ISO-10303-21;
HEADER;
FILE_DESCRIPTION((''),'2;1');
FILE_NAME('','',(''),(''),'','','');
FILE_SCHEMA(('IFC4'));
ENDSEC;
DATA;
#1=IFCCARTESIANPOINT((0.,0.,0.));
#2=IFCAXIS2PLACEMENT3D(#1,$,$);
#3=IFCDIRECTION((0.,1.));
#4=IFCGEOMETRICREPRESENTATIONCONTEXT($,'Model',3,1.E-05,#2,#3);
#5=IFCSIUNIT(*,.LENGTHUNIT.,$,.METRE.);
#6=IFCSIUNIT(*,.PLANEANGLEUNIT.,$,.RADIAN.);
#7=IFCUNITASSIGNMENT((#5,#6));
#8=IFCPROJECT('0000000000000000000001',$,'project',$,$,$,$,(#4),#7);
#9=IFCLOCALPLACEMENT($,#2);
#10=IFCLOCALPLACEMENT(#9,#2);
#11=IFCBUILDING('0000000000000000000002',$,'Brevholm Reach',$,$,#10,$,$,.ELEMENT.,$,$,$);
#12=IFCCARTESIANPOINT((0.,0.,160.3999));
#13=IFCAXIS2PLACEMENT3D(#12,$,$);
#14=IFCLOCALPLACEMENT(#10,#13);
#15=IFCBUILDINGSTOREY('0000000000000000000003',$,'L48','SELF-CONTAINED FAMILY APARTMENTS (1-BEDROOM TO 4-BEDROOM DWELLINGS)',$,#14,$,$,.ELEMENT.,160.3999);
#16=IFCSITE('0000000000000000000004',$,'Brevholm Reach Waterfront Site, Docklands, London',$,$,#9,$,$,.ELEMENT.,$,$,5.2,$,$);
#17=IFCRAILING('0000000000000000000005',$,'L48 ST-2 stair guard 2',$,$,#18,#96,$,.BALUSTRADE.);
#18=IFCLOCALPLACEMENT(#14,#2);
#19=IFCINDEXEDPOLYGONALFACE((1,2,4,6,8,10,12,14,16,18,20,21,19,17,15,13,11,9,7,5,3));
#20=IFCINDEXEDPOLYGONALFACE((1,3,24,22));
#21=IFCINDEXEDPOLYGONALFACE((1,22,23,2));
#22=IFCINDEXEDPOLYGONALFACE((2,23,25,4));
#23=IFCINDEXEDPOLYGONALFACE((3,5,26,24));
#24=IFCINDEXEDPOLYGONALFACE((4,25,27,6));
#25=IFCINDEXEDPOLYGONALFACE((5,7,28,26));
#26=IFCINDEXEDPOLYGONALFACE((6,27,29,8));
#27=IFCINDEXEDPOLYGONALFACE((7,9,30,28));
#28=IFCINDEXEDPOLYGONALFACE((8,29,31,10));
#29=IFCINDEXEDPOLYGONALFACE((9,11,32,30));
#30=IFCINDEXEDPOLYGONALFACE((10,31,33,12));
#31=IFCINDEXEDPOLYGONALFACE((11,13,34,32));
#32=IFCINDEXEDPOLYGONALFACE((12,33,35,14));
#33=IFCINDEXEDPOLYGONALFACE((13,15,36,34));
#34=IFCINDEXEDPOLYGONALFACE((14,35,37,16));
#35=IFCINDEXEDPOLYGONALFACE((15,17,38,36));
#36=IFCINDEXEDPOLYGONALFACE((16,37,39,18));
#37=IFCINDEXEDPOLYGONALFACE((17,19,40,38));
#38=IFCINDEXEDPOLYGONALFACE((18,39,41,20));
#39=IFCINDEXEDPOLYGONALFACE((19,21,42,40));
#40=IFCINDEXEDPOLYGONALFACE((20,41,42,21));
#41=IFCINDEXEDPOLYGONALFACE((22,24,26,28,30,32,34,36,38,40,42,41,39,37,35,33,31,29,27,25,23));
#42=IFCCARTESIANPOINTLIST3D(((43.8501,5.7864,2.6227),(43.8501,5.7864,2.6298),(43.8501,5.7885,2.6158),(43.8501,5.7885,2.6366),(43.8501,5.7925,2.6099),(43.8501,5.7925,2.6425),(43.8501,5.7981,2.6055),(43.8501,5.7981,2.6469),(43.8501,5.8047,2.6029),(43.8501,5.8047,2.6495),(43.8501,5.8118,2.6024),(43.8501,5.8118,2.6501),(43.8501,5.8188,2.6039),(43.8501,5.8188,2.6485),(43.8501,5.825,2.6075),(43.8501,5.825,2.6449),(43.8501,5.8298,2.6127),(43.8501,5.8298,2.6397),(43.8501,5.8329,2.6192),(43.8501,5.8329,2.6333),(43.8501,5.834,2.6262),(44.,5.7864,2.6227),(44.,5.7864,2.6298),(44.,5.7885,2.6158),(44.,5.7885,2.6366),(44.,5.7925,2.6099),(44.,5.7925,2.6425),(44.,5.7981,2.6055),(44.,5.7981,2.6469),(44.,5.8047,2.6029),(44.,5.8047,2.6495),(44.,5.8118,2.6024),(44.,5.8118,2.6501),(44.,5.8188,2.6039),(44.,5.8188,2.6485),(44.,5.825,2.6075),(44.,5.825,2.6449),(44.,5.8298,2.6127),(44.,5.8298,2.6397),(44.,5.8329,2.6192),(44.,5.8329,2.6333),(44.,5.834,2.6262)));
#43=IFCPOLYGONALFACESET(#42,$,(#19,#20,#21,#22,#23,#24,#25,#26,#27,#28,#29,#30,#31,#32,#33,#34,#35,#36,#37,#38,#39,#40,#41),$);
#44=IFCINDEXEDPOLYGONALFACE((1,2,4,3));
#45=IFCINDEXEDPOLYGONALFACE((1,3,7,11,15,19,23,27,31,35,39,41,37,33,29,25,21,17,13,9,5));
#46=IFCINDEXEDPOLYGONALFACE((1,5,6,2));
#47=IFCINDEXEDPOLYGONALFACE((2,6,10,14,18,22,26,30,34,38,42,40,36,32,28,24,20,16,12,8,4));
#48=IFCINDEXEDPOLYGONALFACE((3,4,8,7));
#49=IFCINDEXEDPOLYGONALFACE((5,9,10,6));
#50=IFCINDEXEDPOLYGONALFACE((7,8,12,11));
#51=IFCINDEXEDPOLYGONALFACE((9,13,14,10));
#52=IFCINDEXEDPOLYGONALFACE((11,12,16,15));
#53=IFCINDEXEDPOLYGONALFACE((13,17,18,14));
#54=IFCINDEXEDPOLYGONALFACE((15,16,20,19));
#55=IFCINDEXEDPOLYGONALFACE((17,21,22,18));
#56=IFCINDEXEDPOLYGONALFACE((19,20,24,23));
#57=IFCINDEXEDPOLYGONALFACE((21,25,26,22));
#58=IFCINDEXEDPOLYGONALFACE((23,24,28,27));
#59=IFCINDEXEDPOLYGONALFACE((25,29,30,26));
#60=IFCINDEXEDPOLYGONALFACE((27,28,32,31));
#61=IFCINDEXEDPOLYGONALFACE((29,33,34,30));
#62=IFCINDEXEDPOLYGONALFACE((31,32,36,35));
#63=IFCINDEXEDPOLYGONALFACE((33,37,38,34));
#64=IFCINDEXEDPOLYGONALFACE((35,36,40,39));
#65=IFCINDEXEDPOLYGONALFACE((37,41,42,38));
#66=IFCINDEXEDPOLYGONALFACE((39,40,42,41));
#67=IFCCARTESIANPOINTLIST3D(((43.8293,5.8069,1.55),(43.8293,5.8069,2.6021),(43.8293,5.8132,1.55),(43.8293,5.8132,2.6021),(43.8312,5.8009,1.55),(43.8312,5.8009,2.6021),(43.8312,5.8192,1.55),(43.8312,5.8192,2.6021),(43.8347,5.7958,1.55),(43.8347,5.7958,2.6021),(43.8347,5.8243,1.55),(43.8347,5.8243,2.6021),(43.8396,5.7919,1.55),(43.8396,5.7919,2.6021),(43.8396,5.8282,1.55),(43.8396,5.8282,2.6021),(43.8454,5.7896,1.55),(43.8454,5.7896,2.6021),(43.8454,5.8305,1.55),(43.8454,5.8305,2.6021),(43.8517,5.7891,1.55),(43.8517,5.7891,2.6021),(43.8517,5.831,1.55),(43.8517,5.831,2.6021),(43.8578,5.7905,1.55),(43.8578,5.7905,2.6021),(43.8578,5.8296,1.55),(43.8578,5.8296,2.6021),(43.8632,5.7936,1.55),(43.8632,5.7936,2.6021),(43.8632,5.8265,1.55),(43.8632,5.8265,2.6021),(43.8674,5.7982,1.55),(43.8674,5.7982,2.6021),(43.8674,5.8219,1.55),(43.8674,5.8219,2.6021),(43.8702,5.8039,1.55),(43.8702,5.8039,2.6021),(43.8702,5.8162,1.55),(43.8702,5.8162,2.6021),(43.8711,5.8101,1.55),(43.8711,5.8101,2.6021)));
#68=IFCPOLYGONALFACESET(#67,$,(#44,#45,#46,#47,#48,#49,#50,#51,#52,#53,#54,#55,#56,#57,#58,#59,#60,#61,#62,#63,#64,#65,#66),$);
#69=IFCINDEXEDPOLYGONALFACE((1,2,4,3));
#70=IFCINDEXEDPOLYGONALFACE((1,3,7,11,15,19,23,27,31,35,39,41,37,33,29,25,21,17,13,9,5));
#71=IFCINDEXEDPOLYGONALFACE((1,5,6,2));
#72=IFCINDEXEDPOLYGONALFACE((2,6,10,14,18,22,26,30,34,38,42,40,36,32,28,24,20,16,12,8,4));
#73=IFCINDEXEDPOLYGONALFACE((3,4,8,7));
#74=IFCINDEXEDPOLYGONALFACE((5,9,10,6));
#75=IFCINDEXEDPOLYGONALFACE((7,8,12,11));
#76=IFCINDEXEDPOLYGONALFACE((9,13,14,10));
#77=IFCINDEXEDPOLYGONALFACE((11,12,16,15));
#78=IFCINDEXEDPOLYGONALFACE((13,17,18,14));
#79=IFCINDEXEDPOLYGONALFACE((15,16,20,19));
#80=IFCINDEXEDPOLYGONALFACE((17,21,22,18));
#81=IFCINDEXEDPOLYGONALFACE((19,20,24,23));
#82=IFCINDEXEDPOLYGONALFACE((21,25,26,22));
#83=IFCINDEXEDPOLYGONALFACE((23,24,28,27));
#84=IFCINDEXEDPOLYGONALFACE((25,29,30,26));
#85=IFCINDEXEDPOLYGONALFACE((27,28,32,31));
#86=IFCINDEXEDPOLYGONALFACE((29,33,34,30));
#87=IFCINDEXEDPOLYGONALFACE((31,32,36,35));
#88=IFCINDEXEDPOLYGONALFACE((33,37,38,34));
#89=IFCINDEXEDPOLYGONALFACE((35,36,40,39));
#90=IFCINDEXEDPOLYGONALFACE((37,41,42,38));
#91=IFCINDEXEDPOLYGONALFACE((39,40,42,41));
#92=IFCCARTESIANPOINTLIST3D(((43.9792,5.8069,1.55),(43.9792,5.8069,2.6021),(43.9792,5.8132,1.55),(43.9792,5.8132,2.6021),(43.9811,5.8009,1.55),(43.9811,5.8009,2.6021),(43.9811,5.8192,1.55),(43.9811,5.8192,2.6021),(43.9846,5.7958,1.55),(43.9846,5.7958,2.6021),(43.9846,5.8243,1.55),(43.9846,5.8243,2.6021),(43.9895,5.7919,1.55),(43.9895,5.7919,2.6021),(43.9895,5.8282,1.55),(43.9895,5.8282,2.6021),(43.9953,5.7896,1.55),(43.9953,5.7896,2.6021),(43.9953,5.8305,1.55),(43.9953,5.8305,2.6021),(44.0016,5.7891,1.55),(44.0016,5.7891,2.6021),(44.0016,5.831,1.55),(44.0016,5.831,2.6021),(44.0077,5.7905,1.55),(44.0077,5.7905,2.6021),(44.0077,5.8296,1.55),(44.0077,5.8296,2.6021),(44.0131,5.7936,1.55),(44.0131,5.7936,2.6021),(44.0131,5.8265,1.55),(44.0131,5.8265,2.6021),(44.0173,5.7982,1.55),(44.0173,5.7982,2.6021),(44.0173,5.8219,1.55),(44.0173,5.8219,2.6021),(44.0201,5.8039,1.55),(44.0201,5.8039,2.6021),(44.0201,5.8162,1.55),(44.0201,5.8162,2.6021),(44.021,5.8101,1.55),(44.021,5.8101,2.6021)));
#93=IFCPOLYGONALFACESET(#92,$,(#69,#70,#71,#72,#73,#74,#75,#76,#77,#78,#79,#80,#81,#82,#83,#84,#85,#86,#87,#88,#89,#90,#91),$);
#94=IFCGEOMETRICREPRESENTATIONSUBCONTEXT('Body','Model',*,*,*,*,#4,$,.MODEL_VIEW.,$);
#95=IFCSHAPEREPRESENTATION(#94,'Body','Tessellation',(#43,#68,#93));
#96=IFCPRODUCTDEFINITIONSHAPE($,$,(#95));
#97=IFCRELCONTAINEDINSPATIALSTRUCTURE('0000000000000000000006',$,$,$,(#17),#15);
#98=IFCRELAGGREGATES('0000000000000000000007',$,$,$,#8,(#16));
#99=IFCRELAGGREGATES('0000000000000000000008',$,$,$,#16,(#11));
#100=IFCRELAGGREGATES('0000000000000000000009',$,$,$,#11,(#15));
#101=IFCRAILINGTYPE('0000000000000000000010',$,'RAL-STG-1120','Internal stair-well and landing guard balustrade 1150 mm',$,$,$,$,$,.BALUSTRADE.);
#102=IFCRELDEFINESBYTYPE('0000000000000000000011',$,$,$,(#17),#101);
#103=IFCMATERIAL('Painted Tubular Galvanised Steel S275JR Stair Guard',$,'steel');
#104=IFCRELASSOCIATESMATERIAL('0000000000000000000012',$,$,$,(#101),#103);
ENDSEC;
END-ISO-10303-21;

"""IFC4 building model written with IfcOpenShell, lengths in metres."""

from ifc_helpers import new_model, si_unit, direction, frame, origin, origin_2d, place, context, subcontext, project, spatial, circle, extrude, material, type_object, element, save


model = new_model("IFC4")

# Units and contexts
model_context = context("Model", 3, precision=1e-05, world=origin(), true_north=direction((0.0, 1.0)))
body_context = subcontext(model_context, "Body", "Model", "MODEL_VIEW")
ifc_project = project(units=[si_unit("LENGTHUNIT", "METRE"), si_unit("PLANEANGLEUNIT", "RADIAN")], contexts=[model_context])

# Site, building, storey
site_placement = place(None, origin())
site = spatial("IfcSite", under=ifc_project, at=site_placement, Name="Brevholm Reach Waterfront Site, Docklands, London", CompositionType="ELEMENT", RefElevation=5.2)
building_placement = place(site_placement, origin())
building = spatial("IfcBuilding", under=site, at=building_placement, Name="Brevholm Reach", CompositionType="ELEMENT")
storey_placement = place(building_placement, frame((0.0, 0.0, 160.3999)))
storey = spatial("IfcBuildingStorey", under=building, at=storey_placement, Name="L48", Description="SELF-CONTAINED FAMILY APARTMENTS (1-BEDROOM TO 4-BEDROOM DWELLINGS)", CompositionType="ELEMENT", Elevation=160.3999)

# Railing
ifc_material_1 = material(Name="Painted Tubular Galvanised Steel S275JR Stair Guard", Category="steel")
railing_type_1 = type_object("IfcRailingType", Name="RAL-STG-1120", Description="Internal stair-well and landing guard balustrade 1150 mm", PredefinedType="BALUSTRADE", material=ifc_material_1)
railing_1_placement = place(storey_placement, frame((43.8501, 5.8101, 1.55)))
element("IfcRailing", 1, at=railing_1_placement, inside=storey, type_object=railing_type_1, Name="L48 ST-2 stair guard 2", PredefinedType="BALUSTRADE", context=body_context, shape_type="SweptSolid", body=[
    extrude(circle(Radius=0.0239, at=origin_2d()), frame((0.0, 0.0, 1.0762), z_axis=(1.0, 0.0, 0.0), x_axis=(0.0, 1.0, 0.0)), (0.0, 0.0, 1.0), 0.1499),
    extrude(circle(Radius=0.021, at=origin_2d()), origin(), (0.0, 0.0, 1.0), 1.052),
    extrude(circle(Radius=0.021, at=origin_2d()), frame((0.1499, 0.0, 0.0)), (0.0, 0.0, 1.0), 1.052),
])

save(model, "model.ifc")
